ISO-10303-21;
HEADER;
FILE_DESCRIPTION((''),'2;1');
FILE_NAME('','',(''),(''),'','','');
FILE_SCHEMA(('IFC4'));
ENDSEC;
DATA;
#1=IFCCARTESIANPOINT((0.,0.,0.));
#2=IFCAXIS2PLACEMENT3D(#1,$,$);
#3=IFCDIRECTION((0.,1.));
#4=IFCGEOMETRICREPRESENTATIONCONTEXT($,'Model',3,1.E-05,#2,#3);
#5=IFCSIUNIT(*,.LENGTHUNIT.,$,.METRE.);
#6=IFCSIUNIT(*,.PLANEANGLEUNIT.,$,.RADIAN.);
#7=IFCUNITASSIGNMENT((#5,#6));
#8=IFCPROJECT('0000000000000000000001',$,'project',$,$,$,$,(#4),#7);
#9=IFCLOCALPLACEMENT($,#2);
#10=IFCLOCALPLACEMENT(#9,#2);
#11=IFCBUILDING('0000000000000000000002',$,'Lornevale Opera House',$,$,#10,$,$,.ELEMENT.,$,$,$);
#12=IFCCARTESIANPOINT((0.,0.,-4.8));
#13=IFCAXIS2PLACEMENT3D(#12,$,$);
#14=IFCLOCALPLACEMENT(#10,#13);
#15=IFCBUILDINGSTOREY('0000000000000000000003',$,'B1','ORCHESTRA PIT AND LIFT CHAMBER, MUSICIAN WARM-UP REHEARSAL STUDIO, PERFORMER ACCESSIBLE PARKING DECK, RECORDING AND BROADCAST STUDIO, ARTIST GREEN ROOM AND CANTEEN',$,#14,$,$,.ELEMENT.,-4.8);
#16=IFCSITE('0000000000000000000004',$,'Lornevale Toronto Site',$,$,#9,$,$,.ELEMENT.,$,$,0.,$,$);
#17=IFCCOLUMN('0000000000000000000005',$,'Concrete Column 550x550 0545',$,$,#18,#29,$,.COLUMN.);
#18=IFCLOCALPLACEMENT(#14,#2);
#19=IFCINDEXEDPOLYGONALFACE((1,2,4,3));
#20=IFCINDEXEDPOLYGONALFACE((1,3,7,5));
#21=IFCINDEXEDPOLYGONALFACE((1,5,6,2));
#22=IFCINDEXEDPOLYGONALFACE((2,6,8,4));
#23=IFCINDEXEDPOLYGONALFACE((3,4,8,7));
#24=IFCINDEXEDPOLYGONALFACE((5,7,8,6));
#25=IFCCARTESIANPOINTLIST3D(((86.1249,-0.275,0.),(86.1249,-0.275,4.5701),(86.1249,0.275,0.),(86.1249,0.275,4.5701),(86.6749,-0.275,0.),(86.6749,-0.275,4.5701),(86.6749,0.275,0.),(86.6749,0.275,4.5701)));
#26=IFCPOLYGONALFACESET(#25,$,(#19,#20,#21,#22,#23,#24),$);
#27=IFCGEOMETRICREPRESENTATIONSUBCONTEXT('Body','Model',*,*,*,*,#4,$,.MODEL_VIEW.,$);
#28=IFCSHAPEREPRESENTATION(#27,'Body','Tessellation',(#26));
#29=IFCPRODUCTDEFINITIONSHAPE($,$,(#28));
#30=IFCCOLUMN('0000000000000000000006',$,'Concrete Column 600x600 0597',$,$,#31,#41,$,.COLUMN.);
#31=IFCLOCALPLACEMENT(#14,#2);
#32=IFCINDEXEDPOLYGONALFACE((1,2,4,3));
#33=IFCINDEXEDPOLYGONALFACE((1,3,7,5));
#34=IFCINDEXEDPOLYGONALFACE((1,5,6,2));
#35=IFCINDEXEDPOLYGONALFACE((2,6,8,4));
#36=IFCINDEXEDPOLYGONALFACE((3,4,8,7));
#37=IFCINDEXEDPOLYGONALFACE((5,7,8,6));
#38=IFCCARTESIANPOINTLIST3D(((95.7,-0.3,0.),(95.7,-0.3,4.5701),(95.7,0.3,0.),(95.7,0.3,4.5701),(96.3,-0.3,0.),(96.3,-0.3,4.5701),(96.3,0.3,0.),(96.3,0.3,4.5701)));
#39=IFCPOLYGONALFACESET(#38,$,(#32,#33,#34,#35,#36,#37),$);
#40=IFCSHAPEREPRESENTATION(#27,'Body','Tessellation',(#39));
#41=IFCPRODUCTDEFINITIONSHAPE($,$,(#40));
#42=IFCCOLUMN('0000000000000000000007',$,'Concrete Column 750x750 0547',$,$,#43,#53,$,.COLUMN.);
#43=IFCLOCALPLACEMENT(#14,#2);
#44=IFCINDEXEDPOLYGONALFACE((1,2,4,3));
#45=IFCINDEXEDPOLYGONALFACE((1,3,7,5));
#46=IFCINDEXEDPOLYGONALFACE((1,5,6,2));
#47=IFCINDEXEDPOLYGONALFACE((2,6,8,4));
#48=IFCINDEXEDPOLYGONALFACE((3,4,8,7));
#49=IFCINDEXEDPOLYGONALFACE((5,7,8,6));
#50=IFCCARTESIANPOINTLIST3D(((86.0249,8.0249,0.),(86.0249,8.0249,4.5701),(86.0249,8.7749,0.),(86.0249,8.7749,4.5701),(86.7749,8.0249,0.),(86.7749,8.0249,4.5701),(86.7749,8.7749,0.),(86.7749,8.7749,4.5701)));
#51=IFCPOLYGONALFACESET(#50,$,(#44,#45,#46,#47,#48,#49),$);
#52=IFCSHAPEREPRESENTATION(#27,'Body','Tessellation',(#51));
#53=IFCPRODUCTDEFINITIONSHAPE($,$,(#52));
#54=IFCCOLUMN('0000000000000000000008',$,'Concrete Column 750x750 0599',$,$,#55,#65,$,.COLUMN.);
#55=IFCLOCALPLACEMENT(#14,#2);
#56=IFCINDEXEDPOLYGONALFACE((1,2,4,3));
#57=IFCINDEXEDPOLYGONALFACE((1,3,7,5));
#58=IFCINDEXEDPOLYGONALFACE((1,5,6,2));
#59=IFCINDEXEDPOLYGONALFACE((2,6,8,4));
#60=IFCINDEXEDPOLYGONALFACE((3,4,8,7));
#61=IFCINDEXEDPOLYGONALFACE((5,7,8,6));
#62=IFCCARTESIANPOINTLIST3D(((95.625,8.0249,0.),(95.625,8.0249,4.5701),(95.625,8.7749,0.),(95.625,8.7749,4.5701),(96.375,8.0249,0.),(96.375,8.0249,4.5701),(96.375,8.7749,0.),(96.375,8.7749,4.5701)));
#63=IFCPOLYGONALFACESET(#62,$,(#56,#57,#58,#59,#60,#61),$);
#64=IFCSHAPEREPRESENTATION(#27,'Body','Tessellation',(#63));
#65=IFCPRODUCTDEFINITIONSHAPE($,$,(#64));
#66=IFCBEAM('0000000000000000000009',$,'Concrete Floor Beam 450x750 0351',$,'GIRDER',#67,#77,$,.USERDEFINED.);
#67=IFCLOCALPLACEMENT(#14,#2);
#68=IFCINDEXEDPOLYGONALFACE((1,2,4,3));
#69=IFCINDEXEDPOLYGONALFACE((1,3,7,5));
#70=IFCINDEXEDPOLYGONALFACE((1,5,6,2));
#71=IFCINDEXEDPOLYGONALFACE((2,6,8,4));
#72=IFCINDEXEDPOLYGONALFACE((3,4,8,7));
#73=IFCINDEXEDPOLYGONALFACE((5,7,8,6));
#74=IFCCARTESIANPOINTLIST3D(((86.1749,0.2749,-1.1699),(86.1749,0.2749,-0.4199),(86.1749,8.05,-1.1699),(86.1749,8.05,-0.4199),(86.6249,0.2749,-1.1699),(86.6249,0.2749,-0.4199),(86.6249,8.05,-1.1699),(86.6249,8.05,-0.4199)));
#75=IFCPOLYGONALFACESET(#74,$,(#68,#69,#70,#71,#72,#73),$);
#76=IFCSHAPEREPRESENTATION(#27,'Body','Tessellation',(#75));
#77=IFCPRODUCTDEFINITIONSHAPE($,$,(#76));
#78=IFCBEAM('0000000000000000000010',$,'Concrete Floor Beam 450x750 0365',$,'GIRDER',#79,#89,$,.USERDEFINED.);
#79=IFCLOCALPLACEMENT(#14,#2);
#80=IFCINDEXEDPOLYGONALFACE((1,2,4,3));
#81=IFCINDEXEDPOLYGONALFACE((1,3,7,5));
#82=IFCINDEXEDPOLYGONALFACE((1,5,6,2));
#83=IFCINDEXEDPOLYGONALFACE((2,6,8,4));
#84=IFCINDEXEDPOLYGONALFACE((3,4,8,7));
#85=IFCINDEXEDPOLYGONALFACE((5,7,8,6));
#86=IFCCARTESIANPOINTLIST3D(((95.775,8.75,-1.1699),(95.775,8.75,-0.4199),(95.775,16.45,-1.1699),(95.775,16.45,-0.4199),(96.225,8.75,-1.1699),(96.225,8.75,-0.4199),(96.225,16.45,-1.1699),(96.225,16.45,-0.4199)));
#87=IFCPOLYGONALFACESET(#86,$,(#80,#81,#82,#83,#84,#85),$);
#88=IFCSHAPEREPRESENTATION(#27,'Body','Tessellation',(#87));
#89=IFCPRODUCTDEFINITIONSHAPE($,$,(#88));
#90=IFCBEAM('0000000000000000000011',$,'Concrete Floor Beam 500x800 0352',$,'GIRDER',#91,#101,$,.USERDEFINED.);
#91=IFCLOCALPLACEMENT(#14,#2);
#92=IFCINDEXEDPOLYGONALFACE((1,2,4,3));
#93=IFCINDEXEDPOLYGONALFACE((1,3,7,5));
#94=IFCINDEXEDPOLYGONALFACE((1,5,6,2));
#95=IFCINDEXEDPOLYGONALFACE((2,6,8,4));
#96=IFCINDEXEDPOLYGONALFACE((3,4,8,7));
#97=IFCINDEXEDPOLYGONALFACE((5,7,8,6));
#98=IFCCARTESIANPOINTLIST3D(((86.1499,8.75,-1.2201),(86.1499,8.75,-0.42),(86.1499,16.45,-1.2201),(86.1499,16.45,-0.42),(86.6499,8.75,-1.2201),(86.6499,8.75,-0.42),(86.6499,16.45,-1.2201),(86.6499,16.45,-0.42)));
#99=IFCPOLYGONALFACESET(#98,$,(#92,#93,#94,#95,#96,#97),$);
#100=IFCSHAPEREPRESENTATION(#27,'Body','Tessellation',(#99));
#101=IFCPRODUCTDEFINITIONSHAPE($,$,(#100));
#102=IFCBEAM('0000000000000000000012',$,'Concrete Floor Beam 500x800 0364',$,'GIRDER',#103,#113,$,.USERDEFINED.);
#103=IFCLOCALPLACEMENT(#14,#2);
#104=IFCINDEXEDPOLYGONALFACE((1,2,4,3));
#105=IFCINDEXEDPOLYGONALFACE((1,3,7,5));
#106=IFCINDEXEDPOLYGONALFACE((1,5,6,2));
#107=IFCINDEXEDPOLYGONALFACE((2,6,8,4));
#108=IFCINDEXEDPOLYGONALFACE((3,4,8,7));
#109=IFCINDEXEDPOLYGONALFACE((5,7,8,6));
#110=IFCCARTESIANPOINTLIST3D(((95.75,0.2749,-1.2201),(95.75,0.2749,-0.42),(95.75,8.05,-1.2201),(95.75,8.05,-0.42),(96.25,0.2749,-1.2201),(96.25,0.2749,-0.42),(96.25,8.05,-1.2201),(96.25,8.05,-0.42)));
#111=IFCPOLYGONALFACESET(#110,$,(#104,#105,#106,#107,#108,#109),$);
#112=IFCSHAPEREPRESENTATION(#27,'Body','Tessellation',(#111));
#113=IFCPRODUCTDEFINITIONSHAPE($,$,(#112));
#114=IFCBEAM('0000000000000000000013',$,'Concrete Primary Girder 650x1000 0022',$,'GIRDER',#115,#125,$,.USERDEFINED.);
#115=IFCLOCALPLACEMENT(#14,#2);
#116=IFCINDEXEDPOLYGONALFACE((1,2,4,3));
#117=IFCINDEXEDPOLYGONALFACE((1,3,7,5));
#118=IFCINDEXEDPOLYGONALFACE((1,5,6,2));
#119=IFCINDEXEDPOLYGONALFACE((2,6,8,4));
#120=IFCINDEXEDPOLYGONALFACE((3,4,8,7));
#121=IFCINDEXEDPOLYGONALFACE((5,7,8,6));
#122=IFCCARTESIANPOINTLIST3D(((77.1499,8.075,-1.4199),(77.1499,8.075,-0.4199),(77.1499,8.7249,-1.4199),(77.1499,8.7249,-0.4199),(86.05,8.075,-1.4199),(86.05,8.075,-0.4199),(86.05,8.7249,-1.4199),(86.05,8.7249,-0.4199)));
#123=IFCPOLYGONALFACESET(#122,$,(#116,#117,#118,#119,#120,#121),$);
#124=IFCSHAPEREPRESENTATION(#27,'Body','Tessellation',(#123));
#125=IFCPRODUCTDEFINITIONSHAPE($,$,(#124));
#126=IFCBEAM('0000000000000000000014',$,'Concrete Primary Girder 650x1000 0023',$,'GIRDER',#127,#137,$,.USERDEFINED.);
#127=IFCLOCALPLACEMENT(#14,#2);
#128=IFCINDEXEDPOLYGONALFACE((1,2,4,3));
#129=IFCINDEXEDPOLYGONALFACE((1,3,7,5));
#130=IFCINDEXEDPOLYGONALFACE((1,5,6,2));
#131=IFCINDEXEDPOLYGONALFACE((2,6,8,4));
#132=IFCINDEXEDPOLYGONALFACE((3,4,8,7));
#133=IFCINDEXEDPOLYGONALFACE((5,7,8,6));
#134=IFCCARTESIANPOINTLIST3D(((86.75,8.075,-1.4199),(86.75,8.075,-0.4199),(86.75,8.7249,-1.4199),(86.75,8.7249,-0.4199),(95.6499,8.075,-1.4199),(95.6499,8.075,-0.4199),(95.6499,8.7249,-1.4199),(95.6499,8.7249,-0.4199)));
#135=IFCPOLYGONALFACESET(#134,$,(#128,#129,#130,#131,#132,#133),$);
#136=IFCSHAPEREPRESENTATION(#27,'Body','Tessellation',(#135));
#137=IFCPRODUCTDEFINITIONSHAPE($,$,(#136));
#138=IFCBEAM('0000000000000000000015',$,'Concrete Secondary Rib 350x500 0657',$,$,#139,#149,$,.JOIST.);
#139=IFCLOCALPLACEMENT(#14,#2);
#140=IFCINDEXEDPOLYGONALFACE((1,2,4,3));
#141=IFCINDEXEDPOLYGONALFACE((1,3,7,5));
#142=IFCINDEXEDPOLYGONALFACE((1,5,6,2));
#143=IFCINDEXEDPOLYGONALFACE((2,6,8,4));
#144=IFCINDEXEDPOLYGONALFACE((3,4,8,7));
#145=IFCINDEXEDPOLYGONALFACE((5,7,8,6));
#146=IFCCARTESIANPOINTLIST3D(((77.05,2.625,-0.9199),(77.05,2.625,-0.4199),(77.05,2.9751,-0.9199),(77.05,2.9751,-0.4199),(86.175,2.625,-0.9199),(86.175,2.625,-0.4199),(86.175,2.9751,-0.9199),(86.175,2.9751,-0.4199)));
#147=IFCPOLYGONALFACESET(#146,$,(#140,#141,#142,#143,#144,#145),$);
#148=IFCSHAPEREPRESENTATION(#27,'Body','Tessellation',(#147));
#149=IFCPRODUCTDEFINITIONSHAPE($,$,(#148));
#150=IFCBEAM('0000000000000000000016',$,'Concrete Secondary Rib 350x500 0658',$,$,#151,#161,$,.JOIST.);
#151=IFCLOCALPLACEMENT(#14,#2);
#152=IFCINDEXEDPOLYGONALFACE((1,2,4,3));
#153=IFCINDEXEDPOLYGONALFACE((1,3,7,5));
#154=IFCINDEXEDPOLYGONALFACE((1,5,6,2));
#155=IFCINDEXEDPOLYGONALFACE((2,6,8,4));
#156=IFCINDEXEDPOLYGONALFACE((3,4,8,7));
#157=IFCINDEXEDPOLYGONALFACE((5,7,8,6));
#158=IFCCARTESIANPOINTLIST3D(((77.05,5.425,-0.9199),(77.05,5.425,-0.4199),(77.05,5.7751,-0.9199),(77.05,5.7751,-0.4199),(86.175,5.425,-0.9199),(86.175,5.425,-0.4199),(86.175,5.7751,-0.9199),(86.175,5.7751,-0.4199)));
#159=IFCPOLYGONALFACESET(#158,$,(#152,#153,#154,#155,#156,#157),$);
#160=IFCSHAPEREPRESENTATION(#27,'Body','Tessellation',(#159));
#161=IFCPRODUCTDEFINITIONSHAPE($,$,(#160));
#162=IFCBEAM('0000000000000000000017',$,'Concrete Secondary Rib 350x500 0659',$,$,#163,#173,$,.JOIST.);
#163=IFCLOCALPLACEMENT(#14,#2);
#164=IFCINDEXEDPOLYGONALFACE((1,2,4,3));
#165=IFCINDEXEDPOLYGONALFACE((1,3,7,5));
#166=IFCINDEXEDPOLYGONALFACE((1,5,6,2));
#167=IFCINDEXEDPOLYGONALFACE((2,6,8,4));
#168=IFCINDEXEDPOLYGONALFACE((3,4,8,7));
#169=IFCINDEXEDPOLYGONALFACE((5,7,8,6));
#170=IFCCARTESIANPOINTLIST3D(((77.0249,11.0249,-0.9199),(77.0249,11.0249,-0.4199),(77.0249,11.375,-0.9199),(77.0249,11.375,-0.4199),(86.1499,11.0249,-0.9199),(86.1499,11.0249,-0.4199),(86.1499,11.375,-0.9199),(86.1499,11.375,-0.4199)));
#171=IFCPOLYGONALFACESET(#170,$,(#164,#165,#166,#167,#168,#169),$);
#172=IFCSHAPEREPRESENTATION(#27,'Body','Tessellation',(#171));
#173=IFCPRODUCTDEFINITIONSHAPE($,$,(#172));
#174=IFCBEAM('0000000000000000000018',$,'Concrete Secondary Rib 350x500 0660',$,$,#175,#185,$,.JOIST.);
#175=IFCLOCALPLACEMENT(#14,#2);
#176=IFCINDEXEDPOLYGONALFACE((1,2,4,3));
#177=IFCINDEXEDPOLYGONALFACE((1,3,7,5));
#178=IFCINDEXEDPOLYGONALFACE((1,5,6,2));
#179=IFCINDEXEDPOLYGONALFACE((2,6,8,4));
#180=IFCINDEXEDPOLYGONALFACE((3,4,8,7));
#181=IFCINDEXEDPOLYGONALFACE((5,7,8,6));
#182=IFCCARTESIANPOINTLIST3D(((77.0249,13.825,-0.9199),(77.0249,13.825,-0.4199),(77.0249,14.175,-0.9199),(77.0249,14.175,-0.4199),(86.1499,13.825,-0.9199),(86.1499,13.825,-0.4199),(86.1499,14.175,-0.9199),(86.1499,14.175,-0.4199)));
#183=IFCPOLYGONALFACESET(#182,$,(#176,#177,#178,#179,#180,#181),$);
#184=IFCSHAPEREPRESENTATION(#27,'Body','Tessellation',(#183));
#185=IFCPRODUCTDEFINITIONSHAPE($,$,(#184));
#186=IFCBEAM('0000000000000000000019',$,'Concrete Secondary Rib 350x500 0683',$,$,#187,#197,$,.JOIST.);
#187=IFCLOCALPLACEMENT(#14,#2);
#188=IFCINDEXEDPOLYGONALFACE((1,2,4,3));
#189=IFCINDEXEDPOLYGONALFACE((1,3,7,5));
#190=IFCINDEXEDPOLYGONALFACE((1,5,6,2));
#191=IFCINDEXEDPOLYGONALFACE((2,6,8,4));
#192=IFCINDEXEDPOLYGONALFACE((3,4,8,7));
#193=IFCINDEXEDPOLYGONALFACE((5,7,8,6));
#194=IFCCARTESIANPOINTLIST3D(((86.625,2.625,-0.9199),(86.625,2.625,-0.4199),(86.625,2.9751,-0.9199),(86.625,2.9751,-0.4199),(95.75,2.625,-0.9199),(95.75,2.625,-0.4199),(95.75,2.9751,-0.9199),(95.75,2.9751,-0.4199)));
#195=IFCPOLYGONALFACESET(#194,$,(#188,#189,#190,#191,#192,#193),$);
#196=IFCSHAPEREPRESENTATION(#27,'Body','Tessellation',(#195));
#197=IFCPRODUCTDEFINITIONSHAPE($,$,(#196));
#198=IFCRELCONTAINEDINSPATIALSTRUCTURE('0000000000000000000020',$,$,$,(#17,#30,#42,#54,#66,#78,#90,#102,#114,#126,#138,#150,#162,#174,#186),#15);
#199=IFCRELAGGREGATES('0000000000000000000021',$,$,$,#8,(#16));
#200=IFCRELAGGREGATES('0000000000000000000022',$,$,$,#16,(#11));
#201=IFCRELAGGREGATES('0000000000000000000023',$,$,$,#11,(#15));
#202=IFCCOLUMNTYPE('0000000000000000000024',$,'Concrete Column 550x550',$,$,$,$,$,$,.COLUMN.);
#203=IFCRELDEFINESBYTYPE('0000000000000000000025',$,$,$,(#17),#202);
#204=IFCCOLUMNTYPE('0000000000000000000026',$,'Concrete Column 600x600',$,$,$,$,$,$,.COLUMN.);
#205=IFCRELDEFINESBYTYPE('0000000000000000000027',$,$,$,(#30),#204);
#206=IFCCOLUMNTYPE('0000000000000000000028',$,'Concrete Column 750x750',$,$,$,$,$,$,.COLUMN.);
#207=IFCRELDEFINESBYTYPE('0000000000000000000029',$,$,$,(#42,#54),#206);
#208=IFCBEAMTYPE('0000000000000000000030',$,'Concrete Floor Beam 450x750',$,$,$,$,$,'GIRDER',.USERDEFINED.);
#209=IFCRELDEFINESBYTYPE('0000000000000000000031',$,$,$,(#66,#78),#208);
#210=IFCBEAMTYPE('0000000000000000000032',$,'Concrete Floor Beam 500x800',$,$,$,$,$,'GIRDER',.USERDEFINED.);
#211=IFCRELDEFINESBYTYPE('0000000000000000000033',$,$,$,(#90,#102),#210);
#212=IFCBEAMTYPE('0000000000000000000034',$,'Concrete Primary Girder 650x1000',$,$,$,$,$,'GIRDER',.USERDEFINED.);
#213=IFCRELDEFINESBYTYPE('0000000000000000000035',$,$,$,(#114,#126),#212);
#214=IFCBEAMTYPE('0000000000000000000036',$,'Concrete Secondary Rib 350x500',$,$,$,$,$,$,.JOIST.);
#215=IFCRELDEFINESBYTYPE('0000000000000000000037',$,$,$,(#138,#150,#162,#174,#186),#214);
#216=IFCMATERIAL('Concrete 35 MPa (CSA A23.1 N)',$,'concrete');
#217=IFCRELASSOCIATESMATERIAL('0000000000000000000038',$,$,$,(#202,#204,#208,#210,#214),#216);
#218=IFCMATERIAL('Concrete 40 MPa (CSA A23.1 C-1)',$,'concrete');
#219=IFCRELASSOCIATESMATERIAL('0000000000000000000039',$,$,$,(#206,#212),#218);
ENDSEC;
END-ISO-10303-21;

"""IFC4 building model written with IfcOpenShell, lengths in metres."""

from ifc_helpers import new_model, si_unit, direction, frame, origin, origin_2d, place, context, subcontext, project, spatial, rectangle, extrude, material, material_profile, profile_set, type_object, element, save


model = new_model("IFC4")

# Units and contexts
model_context = context("Model", 3, precision=1e-05, world=origin(), true_north=direction((0.0, 1.0)))
body_context = subcontext(model_context, "Body", "Model", "MODEL_VIEW")
ifc_project = project(units=[si_unit("LENGTHUNIT", "METRE"), si_unit("PLANEANGLEUNIT", "RADIAN")], contexts=[model_context])

# Site, building, storey
site_placement = place(None, origin())
site = spatial("IfcSite", under=ifc_project, at=site_placement, Name="Lornevale Toronto Site", CompositionType="ELEMENT", RefElevation=0.0)
building_placement = place(site_placement, origin())
building = spatial("IfcBuilding", under=site, at=building_placement, Name="Lornevale Opera House", CompositionType="ELEMENT")
storey_placement = place(building_placement, frame((0.0, 0.0, -4.8)))
storey = spatial("IfcBuildingStorey", under=building, at=storey_placement, Name="B1", Description="ORCHESTRA PIT AND LIFT CHAMBER, MUSICIAN WARM-UP REHEARSAL STUDIO, PERFORMER ACCESSIBLE PARKING DECK, RECORDING AND BROADCAST STUDIO, ARTIST GREEN ROOM AND CANTEEN", CompositionType="ELEMENT", Elevation=-4.8)

# Columns
ifc_material_1 = material(Name="Concrete 35 MPa (CSA A23.1 N)", Category="concrete")
ifc_material_profile_1 = material_profile(ifc_material_1, rectangle(XDim=0.55, YDim=0.55, at=origin_2d()), Name="RC550x550")
ifc_profile_set_1 = profile_set([ifc_material_profile_1], Name="Concrete 35 MPa (CSA A23.1 N)")
column_type_1 = type_object("IfcColumnType", Name="Concrete Column 550x550", PredefinedType="COLUMN", material=ifc_profile_set_1)
column_1_placement = place(storey_placement, frame((86.3999, 0.0, 0.0), z_axis=(0.0, 0.0, 1.0), x_axis=(1.0, 0.0, 0.0)))
element("IfcColumn", 1, at=column_1_placement, inside=storey, type_object=column_type_1, Name="Concrete Column 550x550 0545", PredefinedType="COLUMN", context=body_context, shape_type="SweptSolid", body=[
    extrude(rectangle(XDim=0.55, YDim=0.55, at=origin_2d()), origin(), (0.0, 0.0, 1.0), 4.5701),
])
ifc_material_profile_2 = material_profile(ifc_material_1, rectangle(XDim=0.6001, YDim=0.6001, at=origin_2d()), Name="RC600x600")
ifc_profile_set_2 = profile_set([ifc_material_profile_2], Name="Concrete 35 MPa (CSA A23.1 N)")
column_type_2 = type_object("IfcColumnType", Name="Concrete Column 600x600", PredefinedType="COLUMN", material=ifc_profile_set_2)
column_2_placement = place(storey_placement, frame((96.0, 0.0, 0.0), z_axis=(0.0, 0.0, 1.0), x_axis=(1.0, 0.0, 0.0)))
element("IfcColumn", 2, at=column_2_placement, inside=storey, type_object=column_type_2, Name="Concrete Column 600x600 0597", PredefinedType="COLUMN", context=body_context, shape_type="SweptSolid", body=[
    extrude(rectangle(XDim=0.6001, YDim=0.6001, at=origin_2d()), origin(), (0.0, 0.0, 1.0), 4.5701),
])
ifc_material_2 = material(Name="Concrete 40 MPa (CSA A23.1 C-1)", Category="concrete")
ifc_material_profile_3 = material_profile(ifc_material_2, rectangle(XDim=0.75, YDim=0.75, at=origin_2d()), Name="RC750x750")
ifc_profile_set_3 = profile_set([ifc_material_profile_3], Name="Concrete 40 MPa (CSA A23.1 C-1)")
column_type_3 = type_object("IfcColumnType", Name="Concrete Column 750x750", PredefinedType="COLUMN", material=ifc_profile_set_3)
for number, where, z_axis, x_axis, name in (
    (3, (86.3999, 8.3999, 0.0), (0.0, 0.0, 1.0), (1.0, 0.0, 0.0), "Concrete Column 750x750 0547"),
    (4, (96.0, 8.3999, 0.0), (0.0, 0.0, 1.0), (1.0, 0.0, 0.0), "Concrete Column 750x750 0599"),
):
    element("IfcColumn", number, at=place(storey_placement, frame(where, z_axis=z_axis, x_axis=x_axis)), inside=storey, type_object=column_type_3, Name=name, PredefinedType="COLUMN", context=body_context, shape_type="SweptSolid", body=[
        extrude(rectangle(XDim=0.75, YDim=0.75, at=origin_2d()), origin(), (0.0, 0.0, 1.0), 4.5701),
    ])

# Beams
ifc_material_profile_4 = material_profile(ifc_material_1, rectangle(XDim=0.45, YDim=0.75, at=origin_2d()), Name="RC450x750")
ifc_profile_set_4 = profile_set([ifc_material_profile_4], Name="Concrete 35 MPa (CSA A23.1 N)")
beam_type_1 = type_object("IfcBeamType", Name="Concrete Floor Beam 450x750", ElementType="GIRDER", PredefinedType="USERDEFINED", material=ifc_profile_set_4)
beam_1_placement = place(storey_placement, frame((86.3999, 0.2749, -0.7949), z_axis=(0.0, 1.0, 0.0), x_axis=(-1.0, 0.0, 0.0)))
element("IfcBeam", 5, at=beam_1_placement, inside=storey, type_object=beam_type_1, Name="Concrete Floor Beam 450x750 0351", ObjectType="GIRDER", PredefinedType="USERDEFINED", context=body_context, shape_type="SweptSolid", body=[
    extrude(rectangle(XDim=0.45, YDim=0.75, at=origin_2d()), origin(), (0.0, 0.0, 1.0), 7.7751),
])
beam_2_placement = place(storey_placement, frame((96.0, 8.75, -0.7949), z_axis=(0.0, 1.0, 0.0), x_axis=(-1.0, 0.0, 0.0)))
element("IfcBeam", 6, at=beam_2_placement, inside=storey, type_object=beam_type_1, Name="Concrete Floor Beam 450x750 0365", ObjectType="GIRDER", PredefinedType="USERDEFINED", context=body_context, shape_type="SweptSolid", body=[
    extrude(rectangle(XDim=0.45, YDim=0.75, at=origin_2d()), origin(), (0.0, 0.0, 1.0), 7.7),
])
ifc_material_profile_5 = material_profile(ifc_material_1, rectangle(XDim=0.5, YDim=0.8, at=origin_2d()), Name="RC500x800")
ifc_profile_set_5 = profile_set([ifc_material_profile_5], Name="Concrete 35 MPa (CSA A23.1 N)")
beam_type_2 = type_object("IfcBeamType", Name="Concrete Floor Beam 500x800", ElementType="GIRDER", PredefinedType="USERDEFINED", material=ifc_profile_set_5)
beam_3_placement = place(storey_placement, frame((86.3999, 8.75, -0.8201), z_axis=(0.0, 1.0, 0.0), x_axis=(-1.0, 0.0, 0.0)))
element("IfcBeam", 7, at=beam_3_placement, inside=storey, type_object=beam_type_2, Name="Concrete Floor Beam 500x800 0352", ObjectType="GIRDER", PredefinedType="USERDEFINED", context=body_context, shape_type="SweptSolid", body=[
    extrude(rectangle(XDim=0.5, YDim=0.8, at=origin_2d()), origin(), (0.0, 0.0, 1.0), 7.7),
])
beam_4_placement = place(storey_placement, frame((96.0, 0.2749, -0.8201), z_axis=(0.0, 1.0, 0.0), x_axis=(-1.0, 0.0, 0.0)))
element("IfcBeam", 8, at=beam_4_placement, inside=storey, type_object=beam_type_2, Name="Concrete Floor Beam 500x800 0364", ObjectType="GIRDER", PredefinedType="USERDEFINED", context=body_context, shape_type="SweptSolid", body=[
    extrude(rectangle(XDim=0.5, YDim=0.8, at=origin_2d()), origin(), (0.0, 0.0, 1.0), 7.7751),
])
ifc_material_profile_6 = material_profile(ifc_material_2, rectangle(XDim=0.6499, YDim=1.0, at=origin_2d()), Name="RC650x1000")
ifc_profile_set_6 = profile_set([ifc_material_profile_6], Name="Concrete 40 MPa (CSA A23.1 C-1)")
beam_type_3 = type_object("IfcBeamType", Name="Concrete Primary Girder 650x1000", ElementType="GIRDER", PredefinedType="USERDEFINED", material=ifc_profile_set_6)
beam_5_placement = place(storey_placement, frame((77.1499, 8.3999, -0.9199), z_axis=(1.0, 0.0, 0.0), x_axis=(0.0, 1.0, 0.0)))
element("IfcBeam", 9, at=beam_5_placement, inside=storey, type_object=beam_type_3, Name="Concrete Primary Girder 650x1000 0022", ObjectType="GIRDER", PredefinedType="USERDEFINED", context=body_context, shape_type="SweptSolid", body=[
    extrude(rectangle(XDim=0.6499, YDim=1.0, at=origin_2d()), origin(), (0.0, 0.0, 1.0), 8.9001),
])
beam_6_placement = place(storey_placement, frame((86.75, 8.3999, -0.9199), z_axis=(1.0, 0.0, 0.0), x_axis=(0.0, 1.0, 0.0)))
element("IfcBeam", 10, at=beam_6_placement, inside=storey, type_object=beam_type_3, Name="Concrete Primary Girder 650x1000 0023", ObjectType="GIRDER", PredefinedType="USERDEFINED", context=body_context, shape_type="SweptSolid", body=[
    extrude(rectangle(XDim=0.6499, YDim=1.0, at=origin_2d()), origin(), (0.0, 0.0, 1.0), 8.8999),
])
ifc_material_profile_7 = material_profile(ifc_material_1, rectangle(XDim=0.3501, YDim=0.5, at=origin_2d()), Name="RC350x500")
ifc_profile_set_7 = profile_set([ifc_material_profile_7], Name="Concrete 35 MPa (CSA A23.1 N)")
beam_type_4 = type_object("IfcBeamType", Name="Concrete Secondary Rib 350x500", PredefinedType="JOIST", material=ifc_profile_set_7)
for number, where, z_axis, x_axis, name in (
    (11, (77.05, 2.8, -0.6699), (1.0, 0.0, 0.0), (0.0, 1.0, 0.0), "Concrete Secondary Rib 350x500 0657"),
    (12, (77.05, 5.6001, -0.6699), (1.0, 0.0, 0.0), (0.0, 1.0, 0.0), "Concrete Secondary Rib 350x500 0658"),
    (13, (77.0249, 11.2, -0.6699), (1.0, 0.0, 0.0), (0.0, 1.0, 0.0), "Concrete Secondary Rib 350x500 0659"),
    (14, (77.0249, 14.0, -0.6699), (1.0, 0.0, 0.0), (0.0, 1.0, 0.0), "Concrete Secondary Rib 350x500 0660"),
    (15, (86.625, 2.8, -0.6699), (1.0, 0.0, 0.0), (0.0, 1.0, 0.0), "Concrete Secondary Rib 350x500 0683"),
):
    element("IfcBeam", number, at=place(storey_placement, frame(where, z_axis=z_axis, x_axis=x_axis)), inside=storey, type_object=beam_type_4, Name=name, PredefinedType="JOIST", context=body_context, shape_type="SweptSolid", body=[
        extrude(rectangle(XDim=0.3501, YDim=0.5, at=origin_2d()), origin(), (0.0, 0.0, 1.0), 9.125),
    ])

save(model, "model.ifc")
